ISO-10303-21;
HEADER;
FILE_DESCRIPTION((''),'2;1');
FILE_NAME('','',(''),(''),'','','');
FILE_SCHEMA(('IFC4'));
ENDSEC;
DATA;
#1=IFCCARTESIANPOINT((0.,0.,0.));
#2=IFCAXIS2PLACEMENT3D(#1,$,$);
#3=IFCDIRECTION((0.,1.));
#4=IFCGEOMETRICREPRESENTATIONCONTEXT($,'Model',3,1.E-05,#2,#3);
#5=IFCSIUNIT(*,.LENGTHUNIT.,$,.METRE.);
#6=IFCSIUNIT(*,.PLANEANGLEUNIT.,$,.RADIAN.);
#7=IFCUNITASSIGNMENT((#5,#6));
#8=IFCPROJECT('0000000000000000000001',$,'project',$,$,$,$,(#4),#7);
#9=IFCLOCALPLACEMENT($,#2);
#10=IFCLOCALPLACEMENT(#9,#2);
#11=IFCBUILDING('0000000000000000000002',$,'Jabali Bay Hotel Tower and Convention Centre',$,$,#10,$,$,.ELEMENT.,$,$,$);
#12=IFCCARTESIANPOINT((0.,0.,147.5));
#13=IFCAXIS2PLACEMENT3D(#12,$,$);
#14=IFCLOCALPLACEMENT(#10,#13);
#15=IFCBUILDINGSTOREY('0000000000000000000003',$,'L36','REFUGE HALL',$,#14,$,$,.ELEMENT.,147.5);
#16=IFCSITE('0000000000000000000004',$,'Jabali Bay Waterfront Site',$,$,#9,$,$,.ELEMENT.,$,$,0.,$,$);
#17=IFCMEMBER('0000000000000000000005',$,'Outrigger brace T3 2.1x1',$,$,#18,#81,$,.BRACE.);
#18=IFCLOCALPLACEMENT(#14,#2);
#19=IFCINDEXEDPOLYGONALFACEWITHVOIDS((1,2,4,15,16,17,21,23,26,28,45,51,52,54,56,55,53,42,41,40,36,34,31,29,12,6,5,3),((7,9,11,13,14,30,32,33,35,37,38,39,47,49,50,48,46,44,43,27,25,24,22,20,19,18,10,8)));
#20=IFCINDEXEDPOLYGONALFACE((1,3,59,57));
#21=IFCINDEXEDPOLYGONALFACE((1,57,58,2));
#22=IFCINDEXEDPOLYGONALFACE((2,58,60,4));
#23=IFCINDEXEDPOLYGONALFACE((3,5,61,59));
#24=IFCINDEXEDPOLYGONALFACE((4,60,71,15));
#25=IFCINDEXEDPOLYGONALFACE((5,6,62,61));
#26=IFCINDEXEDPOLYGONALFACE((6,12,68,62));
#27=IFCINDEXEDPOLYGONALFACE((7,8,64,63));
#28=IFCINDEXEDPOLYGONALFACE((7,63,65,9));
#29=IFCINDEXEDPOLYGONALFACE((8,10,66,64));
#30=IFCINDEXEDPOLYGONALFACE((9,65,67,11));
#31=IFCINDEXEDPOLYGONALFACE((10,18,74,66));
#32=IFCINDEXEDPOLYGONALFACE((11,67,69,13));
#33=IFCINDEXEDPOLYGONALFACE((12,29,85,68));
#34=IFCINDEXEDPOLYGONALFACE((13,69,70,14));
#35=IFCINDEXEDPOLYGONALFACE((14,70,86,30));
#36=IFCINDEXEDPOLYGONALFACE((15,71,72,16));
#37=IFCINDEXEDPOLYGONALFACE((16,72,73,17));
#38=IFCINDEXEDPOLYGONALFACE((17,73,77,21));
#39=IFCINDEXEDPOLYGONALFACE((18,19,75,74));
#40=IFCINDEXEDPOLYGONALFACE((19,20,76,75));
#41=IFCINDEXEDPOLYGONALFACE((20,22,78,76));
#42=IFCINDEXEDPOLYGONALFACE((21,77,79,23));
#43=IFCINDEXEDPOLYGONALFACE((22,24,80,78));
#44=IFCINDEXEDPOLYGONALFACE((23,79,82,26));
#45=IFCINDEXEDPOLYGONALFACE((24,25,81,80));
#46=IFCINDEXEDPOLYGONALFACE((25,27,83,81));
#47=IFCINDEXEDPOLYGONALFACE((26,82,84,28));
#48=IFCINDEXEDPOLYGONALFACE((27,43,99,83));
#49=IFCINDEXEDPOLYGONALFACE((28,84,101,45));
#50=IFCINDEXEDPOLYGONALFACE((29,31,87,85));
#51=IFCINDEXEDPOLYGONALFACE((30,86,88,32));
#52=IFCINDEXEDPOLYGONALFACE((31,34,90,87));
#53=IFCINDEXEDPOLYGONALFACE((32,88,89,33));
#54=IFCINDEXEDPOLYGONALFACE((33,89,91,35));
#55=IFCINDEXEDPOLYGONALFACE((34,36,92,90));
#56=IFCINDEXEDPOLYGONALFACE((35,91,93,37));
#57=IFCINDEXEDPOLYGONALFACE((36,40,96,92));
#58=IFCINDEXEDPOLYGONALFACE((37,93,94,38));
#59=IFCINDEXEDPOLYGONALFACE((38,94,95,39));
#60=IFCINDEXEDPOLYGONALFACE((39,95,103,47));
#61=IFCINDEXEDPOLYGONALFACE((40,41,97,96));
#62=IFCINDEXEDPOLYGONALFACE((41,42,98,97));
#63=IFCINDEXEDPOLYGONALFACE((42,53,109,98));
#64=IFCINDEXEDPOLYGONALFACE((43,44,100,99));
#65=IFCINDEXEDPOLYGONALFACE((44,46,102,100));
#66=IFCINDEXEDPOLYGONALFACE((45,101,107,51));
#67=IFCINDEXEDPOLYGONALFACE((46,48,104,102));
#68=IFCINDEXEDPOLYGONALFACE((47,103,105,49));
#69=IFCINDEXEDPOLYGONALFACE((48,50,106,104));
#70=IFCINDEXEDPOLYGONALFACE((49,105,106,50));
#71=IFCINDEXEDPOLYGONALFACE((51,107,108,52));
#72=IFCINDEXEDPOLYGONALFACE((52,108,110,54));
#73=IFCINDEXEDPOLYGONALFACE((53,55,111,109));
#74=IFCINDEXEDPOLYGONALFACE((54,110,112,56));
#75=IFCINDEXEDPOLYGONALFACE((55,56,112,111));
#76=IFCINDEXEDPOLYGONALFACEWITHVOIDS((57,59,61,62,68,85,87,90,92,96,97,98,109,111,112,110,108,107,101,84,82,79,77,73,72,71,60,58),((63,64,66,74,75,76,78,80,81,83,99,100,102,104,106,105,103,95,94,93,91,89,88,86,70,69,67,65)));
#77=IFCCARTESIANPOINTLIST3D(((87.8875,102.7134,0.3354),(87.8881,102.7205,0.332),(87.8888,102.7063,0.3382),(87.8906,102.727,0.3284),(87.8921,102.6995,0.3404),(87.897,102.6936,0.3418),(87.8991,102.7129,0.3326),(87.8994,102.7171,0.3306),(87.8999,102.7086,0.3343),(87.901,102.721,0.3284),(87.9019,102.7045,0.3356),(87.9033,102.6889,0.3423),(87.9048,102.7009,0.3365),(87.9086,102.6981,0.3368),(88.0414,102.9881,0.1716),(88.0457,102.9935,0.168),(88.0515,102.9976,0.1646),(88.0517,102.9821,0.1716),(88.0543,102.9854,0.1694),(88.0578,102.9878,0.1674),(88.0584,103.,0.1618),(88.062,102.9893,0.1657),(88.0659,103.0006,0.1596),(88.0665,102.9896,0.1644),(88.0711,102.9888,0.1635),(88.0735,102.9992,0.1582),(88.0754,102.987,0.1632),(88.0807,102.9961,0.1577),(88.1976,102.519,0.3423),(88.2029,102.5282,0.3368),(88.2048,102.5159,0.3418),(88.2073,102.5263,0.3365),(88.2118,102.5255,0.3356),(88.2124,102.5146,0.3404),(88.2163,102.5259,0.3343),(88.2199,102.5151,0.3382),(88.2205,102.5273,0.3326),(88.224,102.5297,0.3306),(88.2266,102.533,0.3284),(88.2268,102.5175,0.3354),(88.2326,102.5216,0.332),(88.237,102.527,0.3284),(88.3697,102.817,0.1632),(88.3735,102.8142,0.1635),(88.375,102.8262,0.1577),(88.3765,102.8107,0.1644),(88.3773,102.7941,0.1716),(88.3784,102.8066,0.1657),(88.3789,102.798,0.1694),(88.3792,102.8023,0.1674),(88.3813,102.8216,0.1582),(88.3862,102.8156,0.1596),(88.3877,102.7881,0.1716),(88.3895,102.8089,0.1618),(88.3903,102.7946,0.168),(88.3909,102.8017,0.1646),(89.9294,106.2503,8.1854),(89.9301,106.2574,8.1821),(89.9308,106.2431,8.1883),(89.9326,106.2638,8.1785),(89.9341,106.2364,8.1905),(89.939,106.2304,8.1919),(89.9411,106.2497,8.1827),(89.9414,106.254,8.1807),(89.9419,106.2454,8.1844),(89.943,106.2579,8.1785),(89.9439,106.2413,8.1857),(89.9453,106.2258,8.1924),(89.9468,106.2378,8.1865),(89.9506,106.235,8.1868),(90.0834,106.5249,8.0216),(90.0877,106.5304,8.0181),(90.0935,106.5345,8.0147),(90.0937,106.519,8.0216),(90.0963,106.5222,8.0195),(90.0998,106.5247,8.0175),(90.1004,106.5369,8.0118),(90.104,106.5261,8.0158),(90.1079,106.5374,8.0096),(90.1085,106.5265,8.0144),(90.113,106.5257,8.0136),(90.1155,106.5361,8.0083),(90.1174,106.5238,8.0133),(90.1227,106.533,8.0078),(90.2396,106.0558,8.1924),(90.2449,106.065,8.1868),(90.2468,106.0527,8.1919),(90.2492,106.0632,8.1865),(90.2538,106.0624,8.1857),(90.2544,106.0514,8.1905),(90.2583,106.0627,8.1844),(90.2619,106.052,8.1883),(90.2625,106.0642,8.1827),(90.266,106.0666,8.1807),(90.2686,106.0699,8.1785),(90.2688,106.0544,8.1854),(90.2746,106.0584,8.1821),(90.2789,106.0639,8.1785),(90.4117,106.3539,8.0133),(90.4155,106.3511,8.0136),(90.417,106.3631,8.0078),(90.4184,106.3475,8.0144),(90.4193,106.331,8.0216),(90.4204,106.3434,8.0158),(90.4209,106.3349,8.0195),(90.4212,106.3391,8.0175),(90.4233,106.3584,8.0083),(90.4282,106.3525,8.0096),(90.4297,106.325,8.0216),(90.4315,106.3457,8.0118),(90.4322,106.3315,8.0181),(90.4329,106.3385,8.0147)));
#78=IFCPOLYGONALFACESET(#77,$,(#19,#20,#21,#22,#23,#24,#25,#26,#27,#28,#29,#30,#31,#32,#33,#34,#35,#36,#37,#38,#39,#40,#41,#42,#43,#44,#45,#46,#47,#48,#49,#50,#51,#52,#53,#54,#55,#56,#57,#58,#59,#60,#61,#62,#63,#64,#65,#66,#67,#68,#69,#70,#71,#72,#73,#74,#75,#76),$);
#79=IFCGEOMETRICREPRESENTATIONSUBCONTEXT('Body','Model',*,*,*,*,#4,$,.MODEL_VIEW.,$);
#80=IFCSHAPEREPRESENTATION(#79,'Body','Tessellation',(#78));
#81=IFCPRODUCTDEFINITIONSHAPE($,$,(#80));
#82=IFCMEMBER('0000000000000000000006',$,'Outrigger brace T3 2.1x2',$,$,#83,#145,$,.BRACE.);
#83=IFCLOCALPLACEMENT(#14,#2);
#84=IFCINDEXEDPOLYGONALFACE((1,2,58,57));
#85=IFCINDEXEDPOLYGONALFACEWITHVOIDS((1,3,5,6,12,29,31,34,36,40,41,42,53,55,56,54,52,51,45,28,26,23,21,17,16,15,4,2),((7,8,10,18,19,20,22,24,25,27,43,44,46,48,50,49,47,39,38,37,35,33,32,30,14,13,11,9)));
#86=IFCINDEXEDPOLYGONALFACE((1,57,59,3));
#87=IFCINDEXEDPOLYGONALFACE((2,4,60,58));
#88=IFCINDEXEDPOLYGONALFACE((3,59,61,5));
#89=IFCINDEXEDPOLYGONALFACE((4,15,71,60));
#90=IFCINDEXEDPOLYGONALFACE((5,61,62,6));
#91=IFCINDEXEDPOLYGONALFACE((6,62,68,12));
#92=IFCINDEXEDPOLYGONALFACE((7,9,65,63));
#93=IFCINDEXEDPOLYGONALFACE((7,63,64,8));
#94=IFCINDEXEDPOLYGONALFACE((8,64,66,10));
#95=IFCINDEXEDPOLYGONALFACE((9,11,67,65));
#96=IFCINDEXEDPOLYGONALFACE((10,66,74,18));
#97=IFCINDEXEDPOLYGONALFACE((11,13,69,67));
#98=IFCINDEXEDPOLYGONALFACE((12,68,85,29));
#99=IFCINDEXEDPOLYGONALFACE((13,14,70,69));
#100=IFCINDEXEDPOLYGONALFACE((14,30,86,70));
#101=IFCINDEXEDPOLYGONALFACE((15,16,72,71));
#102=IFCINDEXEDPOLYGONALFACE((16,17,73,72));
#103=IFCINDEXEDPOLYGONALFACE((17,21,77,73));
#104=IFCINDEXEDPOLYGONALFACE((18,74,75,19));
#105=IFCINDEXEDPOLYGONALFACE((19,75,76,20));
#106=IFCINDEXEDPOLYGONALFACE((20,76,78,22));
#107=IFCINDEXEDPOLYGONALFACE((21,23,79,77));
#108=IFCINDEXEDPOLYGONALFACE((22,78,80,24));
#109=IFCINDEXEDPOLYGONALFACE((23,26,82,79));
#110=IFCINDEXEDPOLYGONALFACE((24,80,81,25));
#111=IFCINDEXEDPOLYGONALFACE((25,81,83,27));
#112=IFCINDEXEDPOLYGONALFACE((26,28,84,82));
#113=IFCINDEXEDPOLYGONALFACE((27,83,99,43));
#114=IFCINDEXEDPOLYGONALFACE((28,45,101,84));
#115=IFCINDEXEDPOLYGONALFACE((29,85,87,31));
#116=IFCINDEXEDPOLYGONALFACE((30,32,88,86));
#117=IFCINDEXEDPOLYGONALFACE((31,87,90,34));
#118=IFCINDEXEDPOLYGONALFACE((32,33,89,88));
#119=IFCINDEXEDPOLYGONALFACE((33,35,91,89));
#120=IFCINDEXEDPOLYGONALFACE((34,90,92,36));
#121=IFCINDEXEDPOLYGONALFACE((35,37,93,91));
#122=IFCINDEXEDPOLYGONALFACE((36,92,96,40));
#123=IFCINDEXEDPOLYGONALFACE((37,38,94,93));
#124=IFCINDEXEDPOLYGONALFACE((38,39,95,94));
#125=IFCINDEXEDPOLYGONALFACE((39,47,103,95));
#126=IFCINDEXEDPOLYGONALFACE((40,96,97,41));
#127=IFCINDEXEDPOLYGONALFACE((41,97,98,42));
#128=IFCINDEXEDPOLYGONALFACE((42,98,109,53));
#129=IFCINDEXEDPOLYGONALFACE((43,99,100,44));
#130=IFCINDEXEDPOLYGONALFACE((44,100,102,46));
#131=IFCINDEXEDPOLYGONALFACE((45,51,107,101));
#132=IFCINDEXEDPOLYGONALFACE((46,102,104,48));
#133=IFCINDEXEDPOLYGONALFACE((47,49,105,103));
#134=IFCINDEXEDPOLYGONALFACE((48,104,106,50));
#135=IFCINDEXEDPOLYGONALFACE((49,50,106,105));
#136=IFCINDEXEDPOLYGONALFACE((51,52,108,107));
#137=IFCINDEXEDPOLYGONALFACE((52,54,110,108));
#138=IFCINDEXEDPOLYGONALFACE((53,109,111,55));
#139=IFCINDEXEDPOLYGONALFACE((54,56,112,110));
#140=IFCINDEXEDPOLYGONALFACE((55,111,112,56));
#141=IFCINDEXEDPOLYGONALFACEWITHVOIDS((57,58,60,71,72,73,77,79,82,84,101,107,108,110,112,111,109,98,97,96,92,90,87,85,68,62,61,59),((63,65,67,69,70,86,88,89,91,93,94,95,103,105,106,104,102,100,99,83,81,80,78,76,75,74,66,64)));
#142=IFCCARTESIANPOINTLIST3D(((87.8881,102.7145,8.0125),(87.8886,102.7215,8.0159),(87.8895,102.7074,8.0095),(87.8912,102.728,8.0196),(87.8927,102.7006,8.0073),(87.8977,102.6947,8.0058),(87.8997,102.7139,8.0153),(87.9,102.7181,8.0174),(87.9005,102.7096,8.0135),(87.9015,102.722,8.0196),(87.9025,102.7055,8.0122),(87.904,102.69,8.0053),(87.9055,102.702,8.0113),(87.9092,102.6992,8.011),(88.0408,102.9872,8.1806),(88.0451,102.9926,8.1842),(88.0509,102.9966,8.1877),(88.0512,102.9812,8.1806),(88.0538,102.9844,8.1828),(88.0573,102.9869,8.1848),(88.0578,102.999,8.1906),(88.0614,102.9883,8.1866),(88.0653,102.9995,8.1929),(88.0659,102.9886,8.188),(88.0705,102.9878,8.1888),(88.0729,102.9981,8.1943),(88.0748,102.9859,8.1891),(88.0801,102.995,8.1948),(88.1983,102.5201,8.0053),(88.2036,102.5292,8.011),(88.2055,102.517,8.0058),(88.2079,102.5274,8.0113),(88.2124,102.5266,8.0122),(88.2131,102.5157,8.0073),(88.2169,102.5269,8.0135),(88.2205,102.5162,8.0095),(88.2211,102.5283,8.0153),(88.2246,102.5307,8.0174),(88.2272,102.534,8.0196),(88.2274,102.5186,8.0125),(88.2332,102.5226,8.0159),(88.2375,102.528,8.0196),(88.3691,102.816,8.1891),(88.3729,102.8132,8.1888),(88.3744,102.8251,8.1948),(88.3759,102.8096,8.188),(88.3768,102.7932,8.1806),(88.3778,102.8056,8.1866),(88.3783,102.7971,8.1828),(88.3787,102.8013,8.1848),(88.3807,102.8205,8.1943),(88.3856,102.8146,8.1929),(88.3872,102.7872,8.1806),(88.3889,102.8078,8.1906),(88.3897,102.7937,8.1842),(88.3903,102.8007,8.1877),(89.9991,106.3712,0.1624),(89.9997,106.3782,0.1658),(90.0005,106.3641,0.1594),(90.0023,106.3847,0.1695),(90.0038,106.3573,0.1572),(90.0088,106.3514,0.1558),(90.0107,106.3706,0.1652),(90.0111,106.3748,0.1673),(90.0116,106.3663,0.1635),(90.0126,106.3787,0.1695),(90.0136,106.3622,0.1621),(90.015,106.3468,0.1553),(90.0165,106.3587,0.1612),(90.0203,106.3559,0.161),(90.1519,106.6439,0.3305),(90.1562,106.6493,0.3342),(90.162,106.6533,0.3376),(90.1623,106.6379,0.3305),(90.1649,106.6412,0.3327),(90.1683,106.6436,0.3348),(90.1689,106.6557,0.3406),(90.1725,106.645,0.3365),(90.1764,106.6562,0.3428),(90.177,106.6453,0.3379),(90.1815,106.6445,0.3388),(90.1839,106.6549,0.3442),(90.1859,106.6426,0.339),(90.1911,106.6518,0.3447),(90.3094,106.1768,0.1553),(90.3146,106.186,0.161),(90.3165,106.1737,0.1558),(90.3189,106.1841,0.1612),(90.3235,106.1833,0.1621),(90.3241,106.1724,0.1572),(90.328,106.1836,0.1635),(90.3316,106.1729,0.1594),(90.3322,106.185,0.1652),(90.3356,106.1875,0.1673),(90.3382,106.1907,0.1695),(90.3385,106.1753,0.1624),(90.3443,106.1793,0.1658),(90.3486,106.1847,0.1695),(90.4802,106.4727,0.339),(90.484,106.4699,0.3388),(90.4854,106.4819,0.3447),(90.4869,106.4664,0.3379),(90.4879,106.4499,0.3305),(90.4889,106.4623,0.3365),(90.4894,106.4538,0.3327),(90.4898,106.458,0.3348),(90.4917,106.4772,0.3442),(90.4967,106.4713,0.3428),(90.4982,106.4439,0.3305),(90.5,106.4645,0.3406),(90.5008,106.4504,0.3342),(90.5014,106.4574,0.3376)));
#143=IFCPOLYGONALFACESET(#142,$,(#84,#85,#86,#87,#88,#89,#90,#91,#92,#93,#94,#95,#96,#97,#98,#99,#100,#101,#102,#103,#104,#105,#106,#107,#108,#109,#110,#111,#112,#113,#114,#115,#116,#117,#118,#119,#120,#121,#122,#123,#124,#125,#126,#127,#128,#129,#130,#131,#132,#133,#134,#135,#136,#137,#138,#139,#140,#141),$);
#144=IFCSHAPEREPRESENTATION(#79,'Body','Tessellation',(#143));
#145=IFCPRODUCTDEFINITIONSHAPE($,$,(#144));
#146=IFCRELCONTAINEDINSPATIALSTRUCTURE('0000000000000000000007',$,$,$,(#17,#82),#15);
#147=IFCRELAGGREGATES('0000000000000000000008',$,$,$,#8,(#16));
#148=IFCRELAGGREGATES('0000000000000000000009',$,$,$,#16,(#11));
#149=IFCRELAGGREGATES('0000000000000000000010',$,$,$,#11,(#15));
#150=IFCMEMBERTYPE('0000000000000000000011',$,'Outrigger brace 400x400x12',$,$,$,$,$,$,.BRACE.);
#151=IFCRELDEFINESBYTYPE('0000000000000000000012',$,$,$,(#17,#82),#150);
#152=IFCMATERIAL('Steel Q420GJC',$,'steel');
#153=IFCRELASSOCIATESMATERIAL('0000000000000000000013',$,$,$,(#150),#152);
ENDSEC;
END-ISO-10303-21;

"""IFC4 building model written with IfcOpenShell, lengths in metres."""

from ifc_helpers import new_model, si_unit, direction, frame, origin, origin_2d, place, context, subcontext, project, spatial, hollow_rectangle, extrude, material, material_profile, profile_set, type_object, element, save


model = new_model("IFC4")

# Units and contexts
model_context = context("Model", 3, precision=1e-05, world=origin(), true_north=direction((0.0, 1.0)))
body_context = subcontext(model_context, "Body", "Model", "MODEL_VIEW")
ifc_project = project(units=[si_unit("LENGTHUNIT", "METRE"), si_unit("PLANEANGLEUNIT", "RADIAN")], contexts=[model_context])

# Site, building, storey
site_placement = place(None, origin())
site = spatial("IfcSite", under=ifc_project, at=site_placement, Name="Jabali Bay Waterfront Site", CompositionType="ELEMENT", RefElevation=0.0)
building_placement = place(site_placement, origin())
building = spatial("IfcBuilding", under=site, at=building_placement, Name="Jabali Bay Hotel Tower and Convention Centre", CompositionType="ELEMENT")
storey_placement = place(building_placement, frame((0.0, 0.0, 147.5)))
storey = spatial("IfcBuildingStorey", under=building, at=storey_placement, Name="L36", Description="REFUGE HALL", CompositionType="ELEMENT", Elevation=147.5)

# Members
ifc_material_1 = material(Name="Steel Q420GJC", Category="steel")
ifc_material_profile_1 = material_profile(ifc_material_1, hollow_rectangle(XDim=0.3999, YDim=0.3999, WallThickness=0.012, InnerFilletRadius=0.0181, OuterFilletRadius=0.03, at=origin_2d()), Name="Outrigger brace 400x400x12")
ifc_profile_set_1 = profile_set([ifc_material_profile_1], Name="Steel Q420GJC")
member_type_1 = type_object("IfcMemberType", Name="Outrigger brace 400x400x12", PredefinedType="BRACE", material=ifc_profile_set_1)
member_1_placement = place(storey_placement, frame((88.1392, 102.7576, 0.25), z_axis=(0.230762, 0.399695, 0.887126), x_axis=(-0.866027, 0.499997, 0.0)))
element("IfcMember", 1, at=member_1_placement, inside=storey, type_object=member_type_1, Name="Outrigger brace T3 2.1x1", PredefinedType="BRACE", context=body_context, shape_type="SweptSolid", body=[
    extrude(hollow_rectangle(XDim=0.3999, YDim=0.3999, WallThickness=0.012, InnerFilletRadius=0.0181, OuterFilletRadius=0.03, at=origin_2d()), origin(), (0.0, 0.0, 1.0), 8.8489),
])
member_2_placement = place(storey_placement, frame((90.2502, 106.4143, 0.25), z_axis=(-0.236838, -0.410242, 0.880687), x_axis=(0.866039, -0.499976, 0.0)))
element("IfcMember", 2, at=member_2_placement, inside=storey, type_object=member_type_1, Name="Outrigger brace T3 2.1x2", PredefinedType="BRACE", context=body_context, shape_type="SweptSolid", body=[
    extrude(hollow_rectangle(XDim=0.3999, YDim=0.3999, WallThickness=0.012, InnerFilletRadius=0.0181, OuterFilletRadius=0.03, at=origin_2d()), origin(), (0.0, 0.0, 1.0), 8.9136),
])

save(model, "model.ifc")
